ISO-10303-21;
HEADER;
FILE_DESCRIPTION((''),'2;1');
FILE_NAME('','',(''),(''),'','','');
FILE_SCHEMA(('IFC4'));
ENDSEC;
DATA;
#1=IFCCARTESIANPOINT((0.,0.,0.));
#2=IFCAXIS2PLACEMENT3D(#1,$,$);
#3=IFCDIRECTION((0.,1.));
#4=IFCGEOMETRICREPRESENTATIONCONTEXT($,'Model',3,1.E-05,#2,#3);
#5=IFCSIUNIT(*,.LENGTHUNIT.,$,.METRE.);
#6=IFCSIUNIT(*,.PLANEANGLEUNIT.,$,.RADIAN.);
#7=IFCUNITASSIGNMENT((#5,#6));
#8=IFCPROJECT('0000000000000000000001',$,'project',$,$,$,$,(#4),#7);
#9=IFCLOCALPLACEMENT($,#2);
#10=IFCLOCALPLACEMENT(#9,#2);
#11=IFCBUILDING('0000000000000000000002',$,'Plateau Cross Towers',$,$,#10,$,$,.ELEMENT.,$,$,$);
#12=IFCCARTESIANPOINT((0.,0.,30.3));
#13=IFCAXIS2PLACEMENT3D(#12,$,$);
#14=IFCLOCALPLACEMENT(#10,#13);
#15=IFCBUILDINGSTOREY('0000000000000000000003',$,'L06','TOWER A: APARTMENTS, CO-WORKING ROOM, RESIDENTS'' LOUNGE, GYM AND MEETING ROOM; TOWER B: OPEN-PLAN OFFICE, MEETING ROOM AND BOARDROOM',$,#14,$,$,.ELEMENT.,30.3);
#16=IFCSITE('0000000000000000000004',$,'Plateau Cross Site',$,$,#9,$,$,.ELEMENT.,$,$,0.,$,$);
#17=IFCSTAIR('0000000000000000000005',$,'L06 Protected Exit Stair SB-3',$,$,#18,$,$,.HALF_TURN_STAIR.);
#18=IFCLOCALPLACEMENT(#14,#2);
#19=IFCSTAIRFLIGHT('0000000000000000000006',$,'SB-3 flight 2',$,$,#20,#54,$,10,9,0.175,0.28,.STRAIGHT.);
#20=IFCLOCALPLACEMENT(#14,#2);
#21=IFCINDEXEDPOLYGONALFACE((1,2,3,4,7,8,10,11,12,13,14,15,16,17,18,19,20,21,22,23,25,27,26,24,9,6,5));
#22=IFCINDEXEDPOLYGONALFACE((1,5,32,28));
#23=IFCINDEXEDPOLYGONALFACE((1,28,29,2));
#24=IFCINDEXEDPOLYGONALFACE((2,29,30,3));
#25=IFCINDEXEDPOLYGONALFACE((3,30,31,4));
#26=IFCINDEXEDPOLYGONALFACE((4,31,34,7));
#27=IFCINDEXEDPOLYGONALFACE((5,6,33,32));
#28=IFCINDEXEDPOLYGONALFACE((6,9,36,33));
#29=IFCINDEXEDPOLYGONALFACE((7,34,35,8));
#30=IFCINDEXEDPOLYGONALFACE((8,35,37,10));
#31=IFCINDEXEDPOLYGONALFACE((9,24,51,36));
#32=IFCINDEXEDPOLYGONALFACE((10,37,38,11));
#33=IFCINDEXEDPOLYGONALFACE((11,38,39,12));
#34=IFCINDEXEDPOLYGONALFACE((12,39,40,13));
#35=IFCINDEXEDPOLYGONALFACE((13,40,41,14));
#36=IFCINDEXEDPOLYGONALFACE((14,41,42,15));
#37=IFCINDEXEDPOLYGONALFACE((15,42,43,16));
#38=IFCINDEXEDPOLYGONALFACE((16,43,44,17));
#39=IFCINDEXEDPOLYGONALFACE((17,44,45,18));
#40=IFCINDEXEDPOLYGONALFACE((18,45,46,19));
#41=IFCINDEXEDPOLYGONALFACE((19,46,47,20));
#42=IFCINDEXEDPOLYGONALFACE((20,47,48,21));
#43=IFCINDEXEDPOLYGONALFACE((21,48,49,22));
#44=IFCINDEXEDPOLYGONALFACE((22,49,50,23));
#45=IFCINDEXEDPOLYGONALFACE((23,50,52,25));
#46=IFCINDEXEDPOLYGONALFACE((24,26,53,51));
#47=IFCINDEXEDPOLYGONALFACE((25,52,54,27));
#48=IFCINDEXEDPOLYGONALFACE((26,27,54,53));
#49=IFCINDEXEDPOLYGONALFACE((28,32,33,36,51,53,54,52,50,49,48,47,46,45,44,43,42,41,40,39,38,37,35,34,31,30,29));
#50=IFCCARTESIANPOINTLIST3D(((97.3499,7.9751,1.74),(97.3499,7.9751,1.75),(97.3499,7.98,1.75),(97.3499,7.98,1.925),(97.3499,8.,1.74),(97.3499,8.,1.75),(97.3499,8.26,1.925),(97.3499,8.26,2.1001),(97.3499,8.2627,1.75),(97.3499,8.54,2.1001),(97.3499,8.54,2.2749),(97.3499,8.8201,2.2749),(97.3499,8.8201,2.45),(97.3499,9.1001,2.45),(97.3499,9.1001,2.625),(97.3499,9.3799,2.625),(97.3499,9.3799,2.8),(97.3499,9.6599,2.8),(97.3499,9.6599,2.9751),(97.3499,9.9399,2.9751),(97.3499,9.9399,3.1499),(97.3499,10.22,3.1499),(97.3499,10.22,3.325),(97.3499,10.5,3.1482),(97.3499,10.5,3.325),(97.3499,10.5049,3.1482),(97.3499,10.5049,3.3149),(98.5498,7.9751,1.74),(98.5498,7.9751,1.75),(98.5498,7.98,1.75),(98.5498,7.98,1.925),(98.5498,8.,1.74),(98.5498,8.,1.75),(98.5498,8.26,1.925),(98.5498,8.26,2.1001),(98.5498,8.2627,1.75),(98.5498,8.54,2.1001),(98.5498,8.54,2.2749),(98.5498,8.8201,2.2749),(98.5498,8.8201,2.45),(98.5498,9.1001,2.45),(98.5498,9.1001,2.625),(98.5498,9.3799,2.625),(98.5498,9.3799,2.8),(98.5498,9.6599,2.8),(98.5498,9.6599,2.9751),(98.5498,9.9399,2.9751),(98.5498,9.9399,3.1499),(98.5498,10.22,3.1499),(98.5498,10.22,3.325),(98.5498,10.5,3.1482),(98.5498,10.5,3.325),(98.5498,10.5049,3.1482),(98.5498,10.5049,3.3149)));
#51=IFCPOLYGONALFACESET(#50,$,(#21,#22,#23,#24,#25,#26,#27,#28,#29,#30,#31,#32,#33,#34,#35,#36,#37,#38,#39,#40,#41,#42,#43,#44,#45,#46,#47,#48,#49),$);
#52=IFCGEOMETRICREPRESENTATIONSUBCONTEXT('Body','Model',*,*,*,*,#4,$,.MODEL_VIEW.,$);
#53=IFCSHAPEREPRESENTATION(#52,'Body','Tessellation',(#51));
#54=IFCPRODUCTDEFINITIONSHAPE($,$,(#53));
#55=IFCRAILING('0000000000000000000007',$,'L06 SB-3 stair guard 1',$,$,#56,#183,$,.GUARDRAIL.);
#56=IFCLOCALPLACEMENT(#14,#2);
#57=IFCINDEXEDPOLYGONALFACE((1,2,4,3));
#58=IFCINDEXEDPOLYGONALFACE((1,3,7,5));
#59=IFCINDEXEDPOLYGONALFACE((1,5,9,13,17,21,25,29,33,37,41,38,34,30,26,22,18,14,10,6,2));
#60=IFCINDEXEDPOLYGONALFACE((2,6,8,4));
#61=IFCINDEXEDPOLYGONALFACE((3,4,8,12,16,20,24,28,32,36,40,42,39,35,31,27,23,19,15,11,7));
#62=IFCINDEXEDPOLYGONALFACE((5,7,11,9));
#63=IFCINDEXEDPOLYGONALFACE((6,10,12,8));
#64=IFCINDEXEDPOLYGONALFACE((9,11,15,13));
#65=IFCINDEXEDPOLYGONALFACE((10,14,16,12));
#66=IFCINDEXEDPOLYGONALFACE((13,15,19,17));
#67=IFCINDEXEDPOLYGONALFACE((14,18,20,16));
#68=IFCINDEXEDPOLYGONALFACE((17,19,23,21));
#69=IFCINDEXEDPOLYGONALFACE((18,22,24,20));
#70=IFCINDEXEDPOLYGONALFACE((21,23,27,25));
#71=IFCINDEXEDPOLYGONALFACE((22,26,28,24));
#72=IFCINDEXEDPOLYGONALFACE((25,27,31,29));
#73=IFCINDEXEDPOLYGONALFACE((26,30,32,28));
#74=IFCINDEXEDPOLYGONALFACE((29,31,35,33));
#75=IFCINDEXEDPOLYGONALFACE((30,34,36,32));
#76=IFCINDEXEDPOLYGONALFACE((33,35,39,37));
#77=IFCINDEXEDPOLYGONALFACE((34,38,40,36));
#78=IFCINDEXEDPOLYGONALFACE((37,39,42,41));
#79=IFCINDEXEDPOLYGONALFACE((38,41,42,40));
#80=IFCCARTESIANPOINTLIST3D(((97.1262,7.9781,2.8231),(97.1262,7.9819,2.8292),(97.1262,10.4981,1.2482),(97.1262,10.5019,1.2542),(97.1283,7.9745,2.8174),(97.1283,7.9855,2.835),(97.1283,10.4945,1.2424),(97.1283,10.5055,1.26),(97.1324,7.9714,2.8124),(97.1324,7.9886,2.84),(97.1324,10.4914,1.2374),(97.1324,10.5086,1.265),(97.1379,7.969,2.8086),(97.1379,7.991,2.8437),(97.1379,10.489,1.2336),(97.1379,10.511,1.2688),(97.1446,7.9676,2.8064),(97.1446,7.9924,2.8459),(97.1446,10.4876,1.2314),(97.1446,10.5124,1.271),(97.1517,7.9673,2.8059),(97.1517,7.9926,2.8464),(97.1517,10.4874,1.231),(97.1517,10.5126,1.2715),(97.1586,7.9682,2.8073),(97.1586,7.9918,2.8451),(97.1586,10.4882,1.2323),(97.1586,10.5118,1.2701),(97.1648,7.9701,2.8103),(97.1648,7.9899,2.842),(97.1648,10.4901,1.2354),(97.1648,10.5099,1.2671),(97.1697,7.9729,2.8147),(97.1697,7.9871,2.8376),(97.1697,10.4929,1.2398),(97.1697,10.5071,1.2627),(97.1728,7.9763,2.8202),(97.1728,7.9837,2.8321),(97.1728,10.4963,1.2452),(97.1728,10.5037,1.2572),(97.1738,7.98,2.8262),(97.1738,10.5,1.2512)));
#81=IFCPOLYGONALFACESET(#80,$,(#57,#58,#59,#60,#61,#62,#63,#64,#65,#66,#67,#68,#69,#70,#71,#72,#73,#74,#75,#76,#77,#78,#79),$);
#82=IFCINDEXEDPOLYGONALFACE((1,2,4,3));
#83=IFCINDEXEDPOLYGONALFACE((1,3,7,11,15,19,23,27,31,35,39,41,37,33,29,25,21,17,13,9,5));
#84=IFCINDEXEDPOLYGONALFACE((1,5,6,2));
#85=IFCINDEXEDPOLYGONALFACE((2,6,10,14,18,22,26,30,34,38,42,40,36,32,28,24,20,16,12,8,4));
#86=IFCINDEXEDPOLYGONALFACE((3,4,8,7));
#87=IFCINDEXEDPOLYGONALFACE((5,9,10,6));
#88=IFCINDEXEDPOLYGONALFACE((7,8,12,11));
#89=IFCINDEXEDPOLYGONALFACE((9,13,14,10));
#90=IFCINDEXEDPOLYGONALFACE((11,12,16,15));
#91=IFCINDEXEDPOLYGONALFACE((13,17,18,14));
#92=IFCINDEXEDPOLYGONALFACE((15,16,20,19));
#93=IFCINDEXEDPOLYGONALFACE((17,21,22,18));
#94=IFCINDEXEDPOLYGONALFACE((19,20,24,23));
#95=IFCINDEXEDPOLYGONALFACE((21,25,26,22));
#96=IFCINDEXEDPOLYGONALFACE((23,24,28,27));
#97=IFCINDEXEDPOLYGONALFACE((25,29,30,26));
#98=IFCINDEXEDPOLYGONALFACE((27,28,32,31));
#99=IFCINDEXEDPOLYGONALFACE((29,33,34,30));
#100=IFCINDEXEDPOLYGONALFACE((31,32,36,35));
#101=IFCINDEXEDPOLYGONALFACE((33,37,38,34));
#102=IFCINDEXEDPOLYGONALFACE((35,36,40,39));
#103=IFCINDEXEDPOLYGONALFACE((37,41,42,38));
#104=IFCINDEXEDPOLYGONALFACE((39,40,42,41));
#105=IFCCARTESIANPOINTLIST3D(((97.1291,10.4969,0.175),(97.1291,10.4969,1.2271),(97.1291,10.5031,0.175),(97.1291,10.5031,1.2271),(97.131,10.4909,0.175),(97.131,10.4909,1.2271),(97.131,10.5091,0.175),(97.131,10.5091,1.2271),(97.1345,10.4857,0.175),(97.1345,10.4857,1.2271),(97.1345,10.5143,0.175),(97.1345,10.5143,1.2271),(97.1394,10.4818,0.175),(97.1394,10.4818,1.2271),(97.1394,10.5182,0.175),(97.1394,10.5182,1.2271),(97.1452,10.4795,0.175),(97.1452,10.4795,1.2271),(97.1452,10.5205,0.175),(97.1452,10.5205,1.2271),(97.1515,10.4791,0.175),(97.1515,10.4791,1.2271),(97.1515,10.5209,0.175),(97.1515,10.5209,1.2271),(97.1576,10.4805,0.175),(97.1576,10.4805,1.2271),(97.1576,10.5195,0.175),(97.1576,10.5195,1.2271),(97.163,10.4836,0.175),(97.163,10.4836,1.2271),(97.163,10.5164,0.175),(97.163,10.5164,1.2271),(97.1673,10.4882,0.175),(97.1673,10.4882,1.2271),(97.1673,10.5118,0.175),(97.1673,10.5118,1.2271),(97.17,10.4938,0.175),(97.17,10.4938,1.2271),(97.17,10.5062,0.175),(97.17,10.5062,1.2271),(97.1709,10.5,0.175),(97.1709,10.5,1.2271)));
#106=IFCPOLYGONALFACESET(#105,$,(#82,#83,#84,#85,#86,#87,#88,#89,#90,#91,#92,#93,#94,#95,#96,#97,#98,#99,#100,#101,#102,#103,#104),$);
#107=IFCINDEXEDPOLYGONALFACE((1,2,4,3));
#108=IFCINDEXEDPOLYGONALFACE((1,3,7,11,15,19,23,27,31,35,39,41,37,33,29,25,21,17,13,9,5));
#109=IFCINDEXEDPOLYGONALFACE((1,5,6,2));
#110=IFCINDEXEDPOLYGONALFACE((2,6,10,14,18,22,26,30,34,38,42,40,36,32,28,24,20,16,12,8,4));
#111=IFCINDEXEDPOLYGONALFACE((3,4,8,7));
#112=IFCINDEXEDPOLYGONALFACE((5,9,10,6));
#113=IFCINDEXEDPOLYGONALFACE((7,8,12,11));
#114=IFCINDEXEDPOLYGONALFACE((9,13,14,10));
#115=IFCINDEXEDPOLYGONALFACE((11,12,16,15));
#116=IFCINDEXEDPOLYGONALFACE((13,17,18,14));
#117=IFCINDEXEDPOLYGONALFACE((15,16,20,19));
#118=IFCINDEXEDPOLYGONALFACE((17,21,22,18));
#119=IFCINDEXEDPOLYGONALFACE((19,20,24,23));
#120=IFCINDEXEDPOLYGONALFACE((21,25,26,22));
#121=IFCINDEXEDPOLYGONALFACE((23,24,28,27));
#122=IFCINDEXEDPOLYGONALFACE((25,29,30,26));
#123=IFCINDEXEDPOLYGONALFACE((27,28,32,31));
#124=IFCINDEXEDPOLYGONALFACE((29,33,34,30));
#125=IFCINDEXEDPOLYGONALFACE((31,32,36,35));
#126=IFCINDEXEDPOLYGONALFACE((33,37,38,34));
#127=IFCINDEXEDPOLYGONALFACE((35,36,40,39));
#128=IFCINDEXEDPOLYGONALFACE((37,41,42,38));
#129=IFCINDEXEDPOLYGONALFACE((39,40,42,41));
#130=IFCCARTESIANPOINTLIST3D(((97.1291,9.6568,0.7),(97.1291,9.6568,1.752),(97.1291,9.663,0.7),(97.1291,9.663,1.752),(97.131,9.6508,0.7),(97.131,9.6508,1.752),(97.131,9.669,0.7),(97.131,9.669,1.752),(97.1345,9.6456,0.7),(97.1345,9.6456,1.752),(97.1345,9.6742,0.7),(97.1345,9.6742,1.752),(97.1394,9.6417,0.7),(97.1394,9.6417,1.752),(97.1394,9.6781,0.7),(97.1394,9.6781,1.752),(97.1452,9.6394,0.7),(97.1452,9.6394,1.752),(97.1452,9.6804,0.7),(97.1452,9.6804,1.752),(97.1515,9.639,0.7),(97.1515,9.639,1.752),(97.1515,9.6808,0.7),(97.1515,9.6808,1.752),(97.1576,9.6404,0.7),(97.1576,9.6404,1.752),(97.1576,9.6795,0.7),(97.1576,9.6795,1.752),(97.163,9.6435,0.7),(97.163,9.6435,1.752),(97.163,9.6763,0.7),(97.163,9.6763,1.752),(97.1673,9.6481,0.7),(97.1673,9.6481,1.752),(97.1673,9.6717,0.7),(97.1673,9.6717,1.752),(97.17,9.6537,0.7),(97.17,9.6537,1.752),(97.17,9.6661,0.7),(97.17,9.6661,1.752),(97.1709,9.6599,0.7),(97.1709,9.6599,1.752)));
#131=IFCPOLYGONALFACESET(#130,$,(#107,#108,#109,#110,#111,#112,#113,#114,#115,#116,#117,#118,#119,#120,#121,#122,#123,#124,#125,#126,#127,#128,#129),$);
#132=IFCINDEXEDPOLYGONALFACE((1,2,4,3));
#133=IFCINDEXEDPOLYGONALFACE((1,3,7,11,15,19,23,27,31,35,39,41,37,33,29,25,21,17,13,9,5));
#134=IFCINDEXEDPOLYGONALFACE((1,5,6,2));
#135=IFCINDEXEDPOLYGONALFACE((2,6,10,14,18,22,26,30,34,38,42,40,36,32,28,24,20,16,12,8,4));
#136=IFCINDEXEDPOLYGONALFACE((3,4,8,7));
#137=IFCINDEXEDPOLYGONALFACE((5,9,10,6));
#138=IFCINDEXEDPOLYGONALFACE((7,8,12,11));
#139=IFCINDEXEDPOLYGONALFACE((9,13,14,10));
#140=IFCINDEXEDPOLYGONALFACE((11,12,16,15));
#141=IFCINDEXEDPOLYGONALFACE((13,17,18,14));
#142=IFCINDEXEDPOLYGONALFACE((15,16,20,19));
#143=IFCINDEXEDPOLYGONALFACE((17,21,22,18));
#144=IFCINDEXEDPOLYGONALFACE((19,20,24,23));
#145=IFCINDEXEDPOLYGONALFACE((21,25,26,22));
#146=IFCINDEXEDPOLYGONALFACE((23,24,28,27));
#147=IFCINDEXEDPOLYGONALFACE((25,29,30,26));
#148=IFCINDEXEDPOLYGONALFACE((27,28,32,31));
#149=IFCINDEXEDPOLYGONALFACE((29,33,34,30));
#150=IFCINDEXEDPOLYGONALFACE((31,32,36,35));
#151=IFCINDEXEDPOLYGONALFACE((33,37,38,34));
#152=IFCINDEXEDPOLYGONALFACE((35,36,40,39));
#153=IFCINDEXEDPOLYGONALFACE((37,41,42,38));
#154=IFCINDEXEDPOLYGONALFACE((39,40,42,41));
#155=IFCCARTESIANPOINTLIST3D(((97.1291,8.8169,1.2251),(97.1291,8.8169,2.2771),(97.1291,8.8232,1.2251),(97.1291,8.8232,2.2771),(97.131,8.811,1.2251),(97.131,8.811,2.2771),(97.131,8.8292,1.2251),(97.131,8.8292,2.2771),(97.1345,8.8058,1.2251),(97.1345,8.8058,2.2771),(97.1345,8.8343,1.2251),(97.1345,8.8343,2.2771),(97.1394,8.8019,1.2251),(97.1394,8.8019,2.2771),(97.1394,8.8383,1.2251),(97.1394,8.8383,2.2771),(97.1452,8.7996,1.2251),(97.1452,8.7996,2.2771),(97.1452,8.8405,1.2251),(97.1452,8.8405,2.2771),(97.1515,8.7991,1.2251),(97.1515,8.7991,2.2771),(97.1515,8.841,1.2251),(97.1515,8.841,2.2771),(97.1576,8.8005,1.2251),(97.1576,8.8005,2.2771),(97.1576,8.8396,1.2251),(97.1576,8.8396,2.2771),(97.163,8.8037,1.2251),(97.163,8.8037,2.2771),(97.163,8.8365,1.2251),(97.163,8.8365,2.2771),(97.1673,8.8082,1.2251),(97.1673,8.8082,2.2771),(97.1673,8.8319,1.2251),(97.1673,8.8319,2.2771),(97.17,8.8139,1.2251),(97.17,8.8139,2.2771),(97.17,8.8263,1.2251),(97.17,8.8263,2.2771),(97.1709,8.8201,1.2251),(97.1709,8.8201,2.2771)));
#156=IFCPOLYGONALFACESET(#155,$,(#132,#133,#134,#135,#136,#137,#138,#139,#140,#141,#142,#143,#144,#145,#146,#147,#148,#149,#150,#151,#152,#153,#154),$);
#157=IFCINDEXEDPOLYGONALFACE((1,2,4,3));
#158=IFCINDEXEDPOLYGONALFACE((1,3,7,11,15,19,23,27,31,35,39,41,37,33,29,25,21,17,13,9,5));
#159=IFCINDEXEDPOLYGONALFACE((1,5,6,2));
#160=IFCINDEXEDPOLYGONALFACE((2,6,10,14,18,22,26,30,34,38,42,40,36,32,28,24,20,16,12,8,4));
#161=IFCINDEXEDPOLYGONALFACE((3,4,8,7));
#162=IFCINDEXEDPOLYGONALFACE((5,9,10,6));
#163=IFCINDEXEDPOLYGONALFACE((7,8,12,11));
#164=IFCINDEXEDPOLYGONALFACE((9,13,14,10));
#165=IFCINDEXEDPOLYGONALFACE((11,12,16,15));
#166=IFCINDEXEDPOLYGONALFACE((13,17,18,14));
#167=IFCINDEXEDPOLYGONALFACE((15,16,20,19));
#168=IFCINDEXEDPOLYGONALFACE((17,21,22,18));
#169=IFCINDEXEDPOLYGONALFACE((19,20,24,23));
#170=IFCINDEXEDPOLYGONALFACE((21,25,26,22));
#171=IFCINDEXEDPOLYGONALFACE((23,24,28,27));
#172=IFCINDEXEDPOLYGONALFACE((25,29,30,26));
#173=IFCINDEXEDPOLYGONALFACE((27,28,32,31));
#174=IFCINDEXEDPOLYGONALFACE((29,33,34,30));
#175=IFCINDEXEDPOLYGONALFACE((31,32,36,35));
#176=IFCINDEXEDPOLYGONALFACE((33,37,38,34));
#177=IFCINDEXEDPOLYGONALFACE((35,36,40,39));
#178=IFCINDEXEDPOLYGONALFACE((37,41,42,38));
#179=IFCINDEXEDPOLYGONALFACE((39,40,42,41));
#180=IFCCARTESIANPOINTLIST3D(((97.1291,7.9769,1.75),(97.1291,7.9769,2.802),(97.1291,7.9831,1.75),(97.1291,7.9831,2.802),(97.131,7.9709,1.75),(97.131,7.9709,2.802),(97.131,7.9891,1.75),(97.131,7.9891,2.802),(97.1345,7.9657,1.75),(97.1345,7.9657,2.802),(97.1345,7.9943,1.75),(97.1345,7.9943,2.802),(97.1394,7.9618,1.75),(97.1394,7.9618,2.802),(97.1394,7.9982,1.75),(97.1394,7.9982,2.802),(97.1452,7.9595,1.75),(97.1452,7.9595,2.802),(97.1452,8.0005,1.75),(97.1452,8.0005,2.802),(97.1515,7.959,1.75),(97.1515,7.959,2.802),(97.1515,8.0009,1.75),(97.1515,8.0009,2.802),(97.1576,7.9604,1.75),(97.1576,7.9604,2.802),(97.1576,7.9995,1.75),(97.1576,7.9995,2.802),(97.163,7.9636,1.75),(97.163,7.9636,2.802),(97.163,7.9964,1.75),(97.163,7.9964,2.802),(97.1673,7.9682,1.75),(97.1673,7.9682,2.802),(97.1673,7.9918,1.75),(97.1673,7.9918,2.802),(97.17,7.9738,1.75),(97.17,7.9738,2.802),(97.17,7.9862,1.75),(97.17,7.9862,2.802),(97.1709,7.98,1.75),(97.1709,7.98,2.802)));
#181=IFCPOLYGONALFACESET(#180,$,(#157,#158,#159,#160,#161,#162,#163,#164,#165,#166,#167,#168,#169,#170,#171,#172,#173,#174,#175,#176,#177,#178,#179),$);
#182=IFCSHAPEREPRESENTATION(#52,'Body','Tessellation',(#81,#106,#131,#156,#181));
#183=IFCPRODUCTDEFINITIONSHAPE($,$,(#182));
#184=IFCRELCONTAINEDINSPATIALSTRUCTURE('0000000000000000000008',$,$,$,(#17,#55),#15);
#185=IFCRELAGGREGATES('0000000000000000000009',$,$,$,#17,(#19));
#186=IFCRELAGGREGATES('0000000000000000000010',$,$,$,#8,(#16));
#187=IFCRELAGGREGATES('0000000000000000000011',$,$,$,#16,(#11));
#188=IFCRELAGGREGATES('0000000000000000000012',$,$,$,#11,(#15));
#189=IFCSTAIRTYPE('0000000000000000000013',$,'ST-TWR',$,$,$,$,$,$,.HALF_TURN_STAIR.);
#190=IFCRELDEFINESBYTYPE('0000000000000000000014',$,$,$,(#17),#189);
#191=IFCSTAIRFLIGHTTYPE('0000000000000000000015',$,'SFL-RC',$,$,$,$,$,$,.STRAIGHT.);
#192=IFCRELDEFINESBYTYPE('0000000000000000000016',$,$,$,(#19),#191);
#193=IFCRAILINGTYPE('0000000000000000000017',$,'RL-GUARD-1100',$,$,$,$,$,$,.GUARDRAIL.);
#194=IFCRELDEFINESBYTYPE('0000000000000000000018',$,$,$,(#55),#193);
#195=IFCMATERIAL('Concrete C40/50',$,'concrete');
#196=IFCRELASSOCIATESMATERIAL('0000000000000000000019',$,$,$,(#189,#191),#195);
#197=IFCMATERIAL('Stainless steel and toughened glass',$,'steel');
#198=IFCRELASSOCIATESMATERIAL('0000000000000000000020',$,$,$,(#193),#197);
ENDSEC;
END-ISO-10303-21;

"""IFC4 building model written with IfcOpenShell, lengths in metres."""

from ifc_helpers import new_model, si_unit, direction, frame, origin, origin_2d, place, context, subcontext, project, spatial, polyline, circle, outline, extrude, material, type_object, element, aggregate, save


model = new_model("IFC4")

# Units and contexts
model_context = context("Model", 3, precision=1e-05, world=origin(), true_north=direction((0.0, 1.0)))
body_context = subcontext(model_context, "Body", "Model", "MODEL_VIEW")
ifc_project = project(units=[si_unit("LENGTHUNIT", "METRE"), si_unit("PLANEANGLEUNIT", "RADIAN")], contexts=[model_context])

# Site, building, storey
site_placement = place(None, origin())
site = spatial("IfcSite", under=ifc_project, at=site_placement, Name="Plateau Cross Site", CompositionType="ELEMENT", RefElevation=0.0)
building_placement = place(site_placement, origin())
building = spatial("IfcBuilding", under=site, at=building_placement, Name="Plateau Cross Towers", CompositionType="ELEMENT")
storey_placement = place(building_placement, frame((0.0, 0.0, 30.3)))
storey = spatial("IfcBuildingStorey", under=building, at=storey_placement, Name="L06", Description="TOWER A: APARTMENTS, CO-WORKING ROOM, RESIDENTS' LOUNGE, GYM AND MEETING ROOM; TOWER B: OPEN-PLAN OFFICE, MEETING ROOM AND BOARDROOM", CompositionType="ELEMENT", Elevation=30.3)

# Stair, stair flight
ifc_material_1 = material(Name="Concrete C40/50", Category="concrete")
stair_type = type_object("IfcStairType", Name="ST-TWR", PredefinedType="HALF_TURN_STAIR", material=ifc_material_1)
stair_placement = place(storey_placement, origin())
stair = element("IfcStair", 1, at=stair_placement, inside=storey, type_object=stair_type, Name="L06 Protected Exit Stair SB-3", PredefinedType="HALF_TURN_STAIR")
stair_flight_type = type_object("IfcStairFlightType", Name="SFL-RC", PredefinedType="STRAIGHT", material=ifc_material_1)
stair_flight_1_placement = place(storey_placement, frame((97.95, 7.98, 1.75), z_axis=(0.0, 0.0, 1.0), x_axis=(0.0, 1.0, 0.0)))
stair_flight_1 = element("IfcStairFlight", 2, at=stair_flight_1_placement, type_object=stair_flight_type, Name="SB-3 flight 2", NumberOfRisers=10, NumberOfTreads=9, PredefinedType="STRAIGHT", RiserHeight=0.175, TreadLength=0.28, context=body_context, shape_type="SweptSolid", body=[
    extrude(outline(polyline([(-0.0049, -0.01), (-0.0049, 0.0), (0.0, 0.0), (0.0, 0.175), (0.28, 0.175), (0.28, 0.3501), (0.5601, 0.3501), (0.5601, 0.5249), (0.8401, 0.5249), (0.8401, 0.7), (1.1201, 0.7), (1.1201, 0.875), (1.3999, 0.875), (1.3999, 1.05), (1.6799, 1.05), (1.6799, 1.2251), (1.96, 1.2251), (1.96, 1.3999), (2.24, 1.3999), (2.24, 1.575), (2.52, 1.575), (2.5249, 1.5649), (2.5249, 1.3982), (2.52, 1.3982), (0.2827, 0.0), (0.02, 0.0), (0.02, -0.01), (-0.0049, -0.01)])), frame((0.0, 0.6001, 0.0), z_axis=(0.0, -1.0, 0.0), x_axis=(1.0, 0.0, 0.0)), (0.0, 0.0, 1.0), 1.2),
])
aggregate(stair, [stair_flight_1])

# Railing
ifc_material_2 = material(Name="Stainless steel and toughened glass", Category="steel")
railing_type_1 = type_object("IfcRailingType", Name="RL-GUARD-1100", PredefinedType="GUARDRAIL", material=ifc_material_2)
railing_1_placement = place(storey_placement, frame((97.1499, 10.5, 0.175)))
element("IfcRailing", 3, at=railing_1_placement, inside=storey, type_object=railing_type_1, Name="L06 SB-3 stair guard 1", PredefinedType="GUARDRAIL", context=body_context, shape_type="SweptSolid", body=[
    extrude(circle(Radius=0.0239, at=origin_2d()), frame((0.0, 0.0, 1.0762), z_axis=(0.0, -0.848008, 0.529984), x_axis=(1.0, 0.0, 0.0)), (0.0, 0.0, 1.0), 2.9717),
    extrude(circle(Radius=0.021, at=origin_2d()), origin(), (0.0, 0.0, 1.0), 1.052),
    extrude(circle(Radius=0.021, at=origin_2d()), frame((0.0, -0.8401, 0.5249)), (0.0, 0.0, 1.0), 1.052),
    extrude(circle(Radius=0.021, at=origin_2d()), frame((0.0, -1.6799, 1.05)), (0.0, 0.0, 1.0), 1.052),
    extrude(circle(Radius=0.021, at=origin_2d()), frame((0.0, -2.52, 1.575)), (0.0, 0.0, 1.0), 1.052),
])

save(model, "model.ifc")
